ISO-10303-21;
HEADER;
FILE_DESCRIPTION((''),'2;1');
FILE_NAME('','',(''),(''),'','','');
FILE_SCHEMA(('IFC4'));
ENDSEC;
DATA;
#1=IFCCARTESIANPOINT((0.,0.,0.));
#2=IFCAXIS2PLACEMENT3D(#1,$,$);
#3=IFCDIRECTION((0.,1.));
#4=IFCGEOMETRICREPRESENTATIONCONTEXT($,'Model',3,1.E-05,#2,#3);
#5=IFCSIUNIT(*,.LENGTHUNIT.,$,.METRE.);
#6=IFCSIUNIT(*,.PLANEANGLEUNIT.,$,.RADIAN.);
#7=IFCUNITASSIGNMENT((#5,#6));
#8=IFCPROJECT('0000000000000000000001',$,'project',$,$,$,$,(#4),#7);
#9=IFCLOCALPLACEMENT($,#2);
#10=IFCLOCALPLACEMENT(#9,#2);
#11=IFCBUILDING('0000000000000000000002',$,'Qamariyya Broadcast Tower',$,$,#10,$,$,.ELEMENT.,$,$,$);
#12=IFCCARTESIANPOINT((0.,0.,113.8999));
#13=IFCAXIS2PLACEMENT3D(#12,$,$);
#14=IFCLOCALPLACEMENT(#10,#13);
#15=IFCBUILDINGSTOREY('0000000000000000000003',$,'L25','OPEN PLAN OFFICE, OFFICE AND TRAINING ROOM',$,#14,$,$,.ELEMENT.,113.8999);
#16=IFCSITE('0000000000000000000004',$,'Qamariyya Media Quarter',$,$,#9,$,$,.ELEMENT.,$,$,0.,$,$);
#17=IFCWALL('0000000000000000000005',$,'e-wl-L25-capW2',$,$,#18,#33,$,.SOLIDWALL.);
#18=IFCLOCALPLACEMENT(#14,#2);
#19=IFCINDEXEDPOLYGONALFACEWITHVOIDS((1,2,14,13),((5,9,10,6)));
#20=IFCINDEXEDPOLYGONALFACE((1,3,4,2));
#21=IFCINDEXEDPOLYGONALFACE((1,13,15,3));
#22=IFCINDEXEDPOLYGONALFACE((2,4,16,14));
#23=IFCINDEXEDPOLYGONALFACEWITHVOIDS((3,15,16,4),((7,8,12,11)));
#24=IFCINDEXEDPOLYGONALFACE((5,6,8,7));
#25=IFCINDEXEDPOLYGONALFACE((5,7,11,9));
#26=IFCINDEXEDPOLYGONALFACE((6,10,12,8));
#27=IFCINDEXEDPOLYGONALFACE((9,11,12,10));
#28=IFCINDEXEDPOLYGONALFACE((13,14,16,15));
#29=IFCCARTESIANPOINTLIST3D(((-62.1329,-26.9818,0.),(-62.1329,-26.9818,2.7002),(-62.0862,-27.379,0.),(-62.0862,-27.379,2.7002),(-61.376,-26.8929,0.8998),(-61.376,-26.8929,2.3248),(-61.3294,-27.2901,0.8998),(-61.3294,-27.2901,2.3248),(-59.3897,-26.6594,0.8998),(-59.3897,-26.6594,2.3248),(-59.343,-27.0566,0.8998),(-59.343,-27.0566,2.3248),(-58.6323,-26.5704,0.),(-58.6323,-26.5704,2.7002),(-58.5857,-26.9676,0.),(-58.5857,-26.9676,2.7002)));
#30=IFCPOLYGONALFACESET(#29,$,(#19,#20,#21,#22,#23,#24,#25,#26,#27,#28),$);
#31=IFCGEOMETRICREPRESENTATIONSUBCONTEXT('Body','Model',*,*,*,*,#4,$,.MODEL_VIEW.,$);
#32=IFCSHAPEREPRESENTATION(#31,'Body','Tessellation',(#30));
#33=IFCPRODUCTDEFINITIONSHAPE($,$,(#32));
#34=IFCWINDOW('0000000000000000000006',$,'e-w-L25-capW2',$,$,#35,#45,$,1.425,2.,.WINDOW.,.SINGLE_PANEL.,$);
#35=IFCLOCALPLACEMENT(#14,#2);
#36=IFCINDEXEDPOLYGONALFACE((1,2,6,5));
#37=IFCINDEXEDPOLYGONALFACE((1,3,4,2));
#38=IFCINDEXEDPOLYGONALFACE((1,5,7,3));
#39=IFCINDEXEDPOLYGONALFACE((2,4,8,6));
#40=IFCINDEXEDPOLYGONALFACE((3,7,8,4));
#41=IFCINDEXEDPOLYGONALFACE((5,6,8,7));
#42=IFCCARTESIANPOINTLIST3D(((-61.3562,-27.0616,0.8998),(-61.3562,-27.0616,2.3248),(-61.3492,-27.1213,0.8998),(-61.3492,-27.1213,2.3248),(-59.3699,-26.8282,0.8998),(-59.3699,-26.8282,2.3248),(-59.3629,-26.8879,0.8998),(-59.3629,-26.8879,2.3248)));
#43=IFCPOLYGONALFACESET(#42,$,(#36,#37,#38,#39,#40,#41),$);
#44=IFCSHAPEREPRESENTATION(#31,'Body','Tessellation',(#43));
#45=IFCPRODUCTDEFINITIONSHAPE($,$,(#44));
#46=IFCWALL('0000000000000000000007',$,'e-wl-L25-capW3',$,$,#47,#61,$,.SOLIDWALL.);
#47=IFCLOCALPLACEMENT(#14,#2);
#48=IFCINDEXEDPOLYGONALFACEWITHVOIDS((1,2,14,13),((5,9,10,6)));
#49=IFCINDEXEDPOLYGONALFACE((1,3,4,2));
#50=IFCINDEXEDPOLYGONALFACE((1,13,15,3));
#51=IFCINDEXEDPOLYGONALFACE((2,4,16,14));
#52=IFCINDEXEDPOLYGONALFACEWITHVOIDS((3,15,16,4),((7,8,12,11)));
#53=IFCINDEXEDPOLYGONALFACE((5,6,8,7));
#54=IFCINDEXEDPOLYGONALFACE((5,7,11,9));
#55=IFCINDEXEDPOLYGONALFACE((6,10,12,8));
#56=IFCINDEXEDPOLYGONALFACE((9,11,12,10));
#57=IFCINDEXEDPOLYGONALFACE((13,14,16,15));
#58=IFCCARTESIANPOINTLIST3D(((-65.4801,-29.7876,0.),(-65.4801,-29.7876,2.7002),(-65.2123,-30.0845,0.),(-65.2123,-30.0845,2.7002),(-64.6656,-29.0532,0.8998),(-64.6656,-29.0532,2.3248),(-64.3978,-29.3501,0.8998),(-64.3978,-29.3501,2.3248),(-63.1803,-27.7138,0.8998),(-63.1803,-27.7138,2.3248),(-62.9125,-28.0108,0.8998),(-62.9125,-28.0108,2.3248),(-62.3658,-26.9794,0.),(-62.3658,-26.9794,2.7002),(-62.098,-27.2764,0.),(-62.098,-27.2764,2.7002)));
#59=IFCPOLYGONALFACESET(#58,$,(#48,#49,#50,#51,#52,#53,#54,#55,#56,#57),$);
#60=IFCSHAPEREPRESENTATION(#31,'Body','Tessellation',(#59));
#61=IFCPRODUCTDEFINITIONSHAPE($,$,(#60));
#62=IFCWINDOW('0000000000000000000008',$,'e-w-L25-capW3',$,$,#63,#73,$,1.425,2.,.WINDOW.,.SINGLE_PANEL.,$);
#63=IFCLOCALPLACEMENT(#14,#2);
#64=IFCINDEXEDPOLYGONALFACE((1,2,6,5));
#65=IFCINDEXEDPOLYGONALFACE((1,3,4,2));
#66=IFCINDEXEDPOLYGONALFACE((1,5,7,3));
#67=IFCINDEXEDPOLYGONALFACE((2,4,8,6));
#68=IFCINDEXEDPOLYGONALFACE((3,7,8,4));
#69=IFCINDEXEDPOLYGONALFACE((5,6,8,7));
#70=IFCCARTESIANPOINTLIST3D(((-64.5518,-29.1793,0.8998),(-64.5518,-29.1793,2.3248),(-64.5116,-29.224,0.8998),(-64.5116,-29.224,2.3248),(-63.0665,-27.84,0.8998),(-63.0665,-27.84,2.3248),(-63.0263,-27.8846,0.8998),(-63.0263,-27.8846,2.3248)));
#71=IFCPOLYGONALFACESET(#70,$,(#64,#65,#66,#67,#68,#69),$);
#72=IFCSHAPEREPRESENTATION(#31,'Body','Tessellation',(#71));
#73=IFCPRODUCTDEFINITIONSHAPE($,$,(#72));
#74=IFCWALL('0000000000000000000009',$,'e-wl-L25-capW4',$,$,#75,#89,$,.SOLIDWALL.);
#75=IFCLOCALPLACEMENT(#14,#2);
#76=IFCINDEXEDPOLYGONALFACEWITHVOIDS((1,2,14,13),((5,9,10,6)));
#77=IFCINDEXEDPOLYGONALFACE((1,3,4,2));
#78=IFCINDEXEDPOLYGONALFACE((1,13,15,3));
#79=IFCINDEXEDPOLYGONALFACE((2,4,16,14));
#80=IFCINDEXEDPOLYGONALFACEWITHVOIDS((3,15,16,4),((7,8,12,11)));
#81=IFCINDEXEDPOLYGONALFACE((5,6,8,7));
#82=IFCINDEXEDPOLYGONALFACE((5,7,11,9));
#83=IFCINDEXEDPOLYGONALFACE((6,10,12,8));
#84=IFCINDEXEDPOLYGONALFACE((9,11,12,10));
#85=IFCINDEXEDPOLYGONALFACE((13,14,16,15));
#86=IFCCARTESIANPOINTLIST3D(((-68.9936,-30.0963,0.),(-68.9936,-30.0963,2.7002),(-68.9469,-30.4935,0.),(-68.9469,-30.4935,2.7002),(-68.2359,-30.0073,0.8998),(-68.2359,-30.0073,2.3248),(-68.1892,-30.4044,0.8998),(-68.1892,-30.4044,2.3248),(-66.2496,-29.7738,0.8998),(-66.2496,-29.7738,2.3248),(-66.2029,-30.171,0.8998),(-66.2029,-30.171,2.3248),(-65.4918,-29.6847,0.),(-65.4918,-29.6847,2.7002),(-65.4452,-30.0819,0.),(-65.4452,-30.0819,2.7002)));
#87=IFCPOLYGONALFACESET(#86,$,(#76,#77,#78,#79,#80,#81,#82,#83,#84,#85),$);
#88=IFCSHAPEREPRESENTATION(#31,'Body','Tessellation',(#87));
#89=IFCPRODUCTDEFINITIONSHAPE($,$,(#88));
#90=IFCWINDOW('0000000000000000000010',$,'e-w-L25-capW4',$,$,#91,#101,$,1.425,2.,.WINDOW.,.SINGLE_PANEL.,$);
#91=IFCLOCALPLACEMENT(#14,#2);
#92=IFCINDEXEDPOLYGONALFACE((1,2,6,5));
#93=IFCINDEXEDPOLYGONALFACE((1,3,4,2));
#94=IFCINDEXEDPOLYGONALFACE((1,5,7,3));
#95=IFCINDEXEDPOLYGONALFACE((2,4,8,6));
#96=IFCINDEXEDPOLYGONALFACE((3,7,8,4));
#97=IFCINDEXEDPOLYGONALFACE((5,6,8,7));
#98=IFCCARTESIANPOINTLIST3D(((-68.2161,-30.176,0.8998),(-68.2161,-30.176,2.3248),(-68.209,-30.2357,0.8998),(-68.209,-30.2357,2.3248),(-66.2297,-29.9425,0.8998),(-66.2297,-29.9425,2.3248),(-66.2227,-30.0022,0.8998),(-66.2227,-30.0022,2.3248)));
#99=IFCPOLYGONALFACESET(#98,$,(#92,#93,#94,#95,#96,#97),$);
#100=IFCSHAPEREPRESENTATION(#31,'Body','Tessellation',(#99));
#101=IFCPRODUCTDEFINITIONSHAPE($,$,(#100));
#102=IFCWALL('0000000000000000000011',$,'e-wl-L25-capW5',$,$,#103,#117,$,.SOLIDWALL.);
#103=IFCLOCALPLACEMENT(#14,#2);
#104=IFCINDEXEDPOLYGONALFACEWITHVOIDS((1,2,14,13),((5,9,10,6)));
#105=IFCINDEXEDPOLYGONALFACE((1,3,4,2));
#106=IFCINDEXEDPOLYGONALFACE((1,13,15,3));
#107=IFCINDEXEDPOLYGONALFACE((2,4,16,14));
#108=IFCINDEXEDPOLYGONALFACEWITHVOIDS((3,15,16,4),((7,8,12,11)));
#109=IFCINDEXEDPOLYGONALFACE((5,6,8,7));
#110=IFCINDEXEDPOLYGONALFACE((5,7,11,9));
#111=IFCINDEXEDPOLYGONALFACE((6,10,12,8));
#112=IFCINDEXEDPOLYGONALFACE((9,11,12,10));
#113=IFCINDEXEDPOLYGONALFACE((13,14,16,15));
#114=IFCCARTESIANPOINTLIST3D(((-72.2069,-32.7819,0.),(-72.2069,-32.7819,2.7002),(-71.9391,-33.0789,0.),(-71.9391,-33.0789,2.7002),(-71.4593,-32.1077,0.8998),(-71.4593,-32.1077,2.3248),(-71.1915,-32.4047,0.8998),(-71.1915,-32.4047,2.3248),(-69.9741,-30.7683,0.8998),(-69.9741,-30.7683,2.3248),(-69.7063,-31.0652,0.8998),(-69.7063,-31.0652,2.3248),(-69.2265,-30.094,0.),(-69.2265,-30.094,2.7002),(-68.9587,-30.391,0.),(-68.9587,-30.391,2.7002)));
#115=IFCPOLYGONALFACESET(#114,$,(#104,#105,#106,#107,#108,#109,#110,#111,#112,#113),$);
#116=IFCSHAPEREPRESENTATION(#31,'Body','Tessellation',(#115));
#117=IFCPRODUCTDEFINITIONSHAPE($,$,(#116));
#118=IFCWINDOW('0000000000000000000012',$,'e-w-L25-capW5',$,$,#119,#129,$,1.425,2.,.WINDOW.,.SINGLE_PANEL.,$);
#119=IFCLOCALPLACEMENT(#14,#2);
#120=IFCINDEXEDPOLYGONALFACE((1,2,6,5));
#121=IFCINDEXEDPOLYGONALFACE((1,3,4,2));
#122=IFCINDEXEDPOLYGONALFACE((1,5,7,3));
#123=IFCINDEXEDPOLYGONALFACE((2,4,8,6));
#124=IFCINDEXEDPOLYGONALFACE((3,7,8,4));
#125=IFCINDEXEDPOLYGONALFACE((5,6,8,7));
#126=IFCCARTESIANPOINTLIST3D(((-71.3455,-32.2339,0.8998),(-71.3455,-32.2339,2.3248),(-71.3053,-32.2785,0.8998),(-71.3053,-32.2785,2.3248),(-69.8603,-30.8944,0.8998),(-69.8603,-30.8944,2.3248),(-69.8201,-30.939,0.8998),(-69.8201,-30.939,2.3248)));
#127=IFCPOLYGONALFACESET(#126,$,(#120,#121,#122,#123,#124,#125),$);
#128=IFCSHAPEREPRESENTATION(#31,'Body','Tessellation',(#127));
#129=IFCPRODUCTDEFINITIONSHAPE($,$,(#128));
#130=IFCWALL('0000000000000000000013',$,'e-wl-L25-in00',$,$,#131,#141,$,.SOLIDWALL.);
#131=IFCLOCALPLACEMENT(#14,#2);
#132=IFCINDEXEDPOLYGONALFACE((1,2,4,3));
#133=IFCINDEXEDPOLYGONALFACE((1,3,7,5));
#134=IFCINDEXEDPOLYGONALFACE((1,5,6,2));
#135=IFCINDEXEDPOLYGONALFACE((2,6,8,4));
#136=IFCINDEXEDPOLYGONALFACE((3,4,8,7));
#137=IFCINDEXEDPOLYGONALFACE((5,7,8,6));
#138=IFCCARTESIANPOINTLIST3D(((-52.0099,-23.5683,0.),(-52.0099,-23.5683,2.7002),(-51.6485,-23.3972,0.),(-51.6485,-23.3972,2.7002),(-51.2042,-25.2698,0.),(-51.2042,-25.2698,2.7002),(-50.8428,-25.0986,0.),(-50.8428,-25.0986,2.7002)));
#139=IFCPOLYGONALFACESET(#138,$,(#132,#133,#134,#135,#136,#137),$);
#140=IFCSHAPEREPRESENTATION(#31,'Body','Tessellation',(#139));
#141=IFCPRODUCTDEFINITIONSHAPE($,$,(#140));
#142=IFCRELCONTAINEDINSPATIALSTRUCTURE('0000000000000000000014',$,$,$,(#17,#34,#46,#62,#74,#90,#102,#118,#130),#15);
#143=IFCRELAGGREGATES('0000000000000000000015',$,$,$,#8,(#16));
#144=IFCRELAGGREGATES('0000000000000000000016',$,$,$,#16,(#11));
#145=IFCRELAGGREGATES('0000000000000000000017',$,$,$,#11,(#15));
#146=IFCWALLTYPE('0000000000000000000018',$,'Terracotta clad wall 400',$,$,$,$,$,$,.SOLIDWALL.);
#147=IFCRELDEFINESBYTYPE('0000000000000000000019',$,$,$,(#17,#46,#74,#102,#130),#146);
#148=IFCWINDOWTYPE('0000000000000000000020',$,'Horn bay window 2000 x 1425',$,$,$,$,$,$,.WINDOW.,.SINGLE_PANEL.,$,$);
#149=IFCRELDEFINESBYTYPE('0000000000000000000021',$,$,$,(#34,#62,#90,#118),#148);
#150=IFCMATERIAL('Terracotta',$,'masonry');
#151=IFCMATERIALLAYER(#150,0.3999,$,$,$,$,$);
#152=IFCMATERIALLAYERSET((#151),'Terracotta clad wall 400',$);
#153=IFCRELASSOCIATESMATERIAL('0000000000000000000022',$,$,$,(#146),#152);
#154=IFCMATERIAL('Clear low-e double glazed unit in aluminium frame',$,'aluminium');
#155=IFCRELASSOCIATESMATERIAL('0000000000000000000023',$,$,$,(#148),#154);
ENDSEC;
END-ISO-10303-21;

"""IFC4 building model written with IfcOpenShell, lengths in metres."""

from ifc_helpers import new_model, si_unit, direction, frame, frame_2d, origin, place, context, subcontext, project, spatial, rectangle, extrude, material, layer, layer_set, type_object, element, fill, save


model = new_model("IFC4")

# Units and contexts
model_context = context("Model", 3, precision=1e-05, world=origin(), true_north=direction((0.0, 1.0)))
body_context = subcontext(model_context, "Body", "Model", "MODEL_VIEW")
ifc_project = project(units=[si_unit("LENGTHUNIT", "METRE"), si_unit("PLANEANGLEUNIT", "RADIAN")], contexts=[model_context])

# Site, building, storey
site_placement = place(None, origin())
site = spatial("IfcSite", under=ifc_project, at=site_placement, Name="Qamariyya Media Quarter", CompositionType="ELEMENT", RefElevation=0.0)
building_placement = place(site_placement, origin())
building = spatial("IfcBuilding", under=site, at=building_placement, Name="Qamariyya Broadcast Tower", CompositionType="ELEMENT")
storey_placement = place(building_placement, frame((0.0, 0.0, 113.8999)))
storey = spatial("IfcBuildingStorey", under=building, at=storey_placement, Name="L25", Description="OPEN PLAN OFFICE, OFFICE AND TRAINING ROOM", CompositionType="ELEMENT", Elevation=113.8999)

# Walls, openings, windows
ifc_material_1 = material(Name="Terracotta", Category="masonry")
ifc_layer = layer(ifc_material_1, 0.3999)
ifc_layer_set = layer_set([ifc_layer], Name="Terracotta clad wall 400")
wall_type = type_object("IfcWallType", Name="Terracotta clad wall 400", PredefinedType="SOLIDWALL", material=ifc_layer_set)
ifc_material_2 = material(Name="Clear low-e double glazed unit in aluminium frame", Category="aluminium")
window_type_1 = type_object("IfcWindowType", Name="Horn bay window 2000 x 1425", PartitioningType="SINGLE_PANEL", PredefinedType="WINDOW", material=ifc_material_2)
wall_1_placement = place(storey_placement, frame((-58.6091, -26.769, 0.0), z_axis=(0.0, 0.0, 1.0), x_axis=(-0.993165, -0.116717, 0.0)))
wall_1 = element("IfcWall", 1, at=wall_1_placement, inside=storey, type_object=wall_type, Name="e-wl-L25-capW2", PredefinedType="SOLIDWALL", context=body_context, shape_type="SweptSolid", body=[
    extrude(rectangle(XDim=3.5247, YDim=0.3999, at=frame_2d((1.7622, 0.0))), origin(), (0.0, 0.0, 1.0), 2.7002),
])
opening_1_placement = place(wall_1_placement, frame((0.7625, 0.0, 0.8999)))
opening_1 = element("IfcOpeningElement", 2, at=opening_1_placement, cuts=wall_1, PredefinedType="OPENING", context=body_context, shape_type="SweptSolid", body=[
    extrude(rectangle(XDim=2.0, YDim=1.425, at=frame_2d((1.0, 0.7124))), frame((0.0, 0.21, 0.0), z_axis=(0.0, -1.0, 0.0), x_axis=(1.0, 0.0, 0.0)), (0.0, 0.0, 1.0), 0.4199),
])
window_1_placement = place(opening_1_placement, origin())
window_1 = element("IfcWindow", 3, at=window_1_placement, inside=storey, type_object=window_type_1, Name="e-w-L25-capW2", OverallHeight=1.425, OverallWidth=2.0, PartitioningType="SINGLE_PANEL", PredefinedType="WINDOW", context=body_context, shape_type="SweptSolid", body=[
    extrude(rectangle(XDim=2.0, YDim=1.425, at=frame_2d((1.0, 0.7124))), frame((0.0, 0.03, 0.0), z_axis=(0.0, -1.0, 0.0), x_axis=(1.0, 0.0, 0.0)), (0.0, 0.0, 1.0), 0.0601),
])
fill(opening_1, window_1)
wall_2_placement = place(storey_placement, frame((-62.2319, -27.1279, 0.0), z_axis=(0.0, 0.0, 1.0), x_axis=(-0.742669, -0.669659, 0.0)))
wall_2 = element("IfcWall", 4, at=wall_2_placement, inside=storey, type_object=wall_type, Name="e-wl-L25-capW3", PredefinedType="SOLIDWALL", context=body_context, shape_type="SweptSolid", body=[
    extrude(rectangle(XDim=4.1934, YDim=0.3999, at=frame_2d((2.0967, 0.0))), origin(), (0.0, 0.0, 1.0), 2.7002),
])
opening_2_placement = place(wall_2_placement, frame((1.0967, 0.0, 0.8999)))
opening_2 = element("IfcOpeningElement", 5, at=opening_2_placement, cuts=wall_2, PredefinedType="OPENING", context=body_context, shape_type="SweptSolid", body=[
    extrude(rectangle(XDim=2.0, YDim=1.425, at=frame_2d((1.0, 0.7124))), frame((0.0, 0.21, 0.0), z_axis=(0.0, -1.0, 0.0), x_axis=(1.0, 0.0, 0.0)), (0.0, 0.0, 1.0), 0.4199),
])
window_2_placement = place(opening_2_placement, origin())
window_2 = element("IfcWindow", 6, at=window_2_placement, inside=storey, type_object=window_type_1, Name="e-w-L25-capW3", OverallHeight=1.425, OverallWidth=2.0, PartitioningType="SINGLE_PANEL", PredefinedType="WINDOW", context=body_context, shape_type="SweptSolid", body=[
    extrude(rectangle(XDim=2.0, YDim=1.425, at=frame_2d((1.0, 0.7124))), frame((0.0, 0.03, 0.0), z_axis=(0.0, -1.0, 0.0), x_axis=(1.0, 0.0, 0.0)), (0.0, 0.0, 1.0), 0.0601),
])
fill(opening_2, window_2)
wall_3_placement = place(storey_placement, frame((-65.4685, -29.8833, 0.0), z_axis=(0.0, 0.0, 1.0), x_axis=(-0.993162, -0.116745, 0.0)))
wall_3 = element("IfcWall", 7, at=wall_3_placement, inside=storey, type_object=wall_type, Name="e-wl-L25-capW4", PredefinedType="SOLIDWALL", context=body_context, shape_type="SweptSolid", body=[
    extrude(rectangle(XDim=3.5259, YDim=0.3999, at=frame_2d((1.7629, 0.0))), origin(), (0.0, 0.0, 1.0), 2.7002),
])
opening_3_placement = place(wall_3_placement, frame((0.7629, 0.0, 0.8999)))
opening_3 = element("IfcOpeningElement", 8, at=opening_3_placement, cuts=wall_3, PredefinedType="OPENING", context=body_context, shape_type="SweptSolid", body=[
    extrude(rectangle(XDim=2.0, YDim=1.425, at=frame_2d((1.0, 0.7124))), frame((0.0, 0.21, 0.0), z_axis=(0.0, -1.0, 0.0), x_axis=(1.0, 0.0, 0.0)), (0.0, 0.0, 1.0), 0.4199),
])
window_3_placement = place(opening_3_placement, origin())
window_3 = element("IfcWindow", 9, at=window_3_placement, inside=storey, type_object=window_type_1, Name="e-w-L25-capW4", OverallHeight=1.425, OverallWidth=2.0, PartitioningType="SINGLE_PANEL", PredefinedType="WINDOW", context=body_context, shape_type="SweptSolid", body=[
    extrude(rectangle(XDim=2.0, YDim=1.425, at=frame_2d((1.0, 0.7124))), frame((0.0, 0.03, 0.0), z_axis=(0.0, -1.0, 0.0), x_axis=(1.0, 0.0, 0.0)), (0.0, 0.0, 1.0), 0.0601),
])
fill(opening_3, window_3)
wall_4_placement = place(storey_placement, frame((-69.0925, -30.2424, 0.0), z_axis=(0.0, 0.0, 1.0), x_axis=(-0.742604, -0.669731, 0.0)))
wall_4 = element("IfcWall", 10, at=wall_4_placement, inside=storey, type_object=wall_type, Name="e-wl-L25-capW5", PredefinedType="SOLIDWALL", context=body_context, shape_type="SweptSolid", body=[
    extrude(rectangle(XDim=4.0134, YDim=0.3999, at=frame_2d((2.0068, 0.0))), origin(), (0.0, 0.0, 1.0), 2.7002),
])
opening_4_placement = place(wall_4_placement, frame((1.0068, 0.0, 0.8999)))
opening_4 = element("IfcOpeningElement", 11, at=opening_4_placement, cuts=wall_4, PredefinedType="OPENING", context=body_context, shape_type="SweptSolid", body=[
    extrude(rectangle(XDim=2.0, YDim=1.425, at=frame_2d((1.0, 0.7124))), frame((0.0, 0.21, 0.0), z_axis=(0.0, -1.0, 0.0), x_axis=(1.0, 0.0, 0.0)), (0.0, 0.0, 1.0), 0.4199),
])
window_4_placement = place(opening_4_placement, origin())
window_4 = element("IfcWindow", 12, at=window_4_placement, inside=storey, type_object=window_type_1, Name="e-w-L25-capW5", OverallHeight=1.425, OverallWidth=2.0, PartitioningType="SINGLE_PANEL", PredefinedType="WINDOW", context=body_context, shape_type="SweptSolid", body=[
    extrude(rectangle(XDim=2.0, YDim=1.425, at=frame_2d((1.0, 0.7124))), frame((0.0, 0.03, 0.0), z_axis=(0.0, -1.0, 0.0), x_axis=(1.0, 0.0, 0.0)), (0.0, 0.0, 1.0), 0.0601),
])
fill(opening_4, window_4)

# Wall
wall_5_placement = place(storey_placement, frame((-51.0234, -25.1843, 0.0), z_axis=(0.0, 0.0, 1.0), x_axis=(-0.427969, 0.903793, 0.0)))
element("IfcWall", 13, at=wall_5_placement, inside=storey, type_object=wall_type, Name="e-wl-L25-in00", PredefinedType="SOLIDWALL", context=body_context, shape_type="SweptSolid", body=[
    extrude(rectangle(XDim=1.8826, YDim=0.3999, at=frame_2d((0.9414, 0.0))), origin(), (0.0, 0.0, 1.0), 2.7002),
])

save(model, "model.ifc")
